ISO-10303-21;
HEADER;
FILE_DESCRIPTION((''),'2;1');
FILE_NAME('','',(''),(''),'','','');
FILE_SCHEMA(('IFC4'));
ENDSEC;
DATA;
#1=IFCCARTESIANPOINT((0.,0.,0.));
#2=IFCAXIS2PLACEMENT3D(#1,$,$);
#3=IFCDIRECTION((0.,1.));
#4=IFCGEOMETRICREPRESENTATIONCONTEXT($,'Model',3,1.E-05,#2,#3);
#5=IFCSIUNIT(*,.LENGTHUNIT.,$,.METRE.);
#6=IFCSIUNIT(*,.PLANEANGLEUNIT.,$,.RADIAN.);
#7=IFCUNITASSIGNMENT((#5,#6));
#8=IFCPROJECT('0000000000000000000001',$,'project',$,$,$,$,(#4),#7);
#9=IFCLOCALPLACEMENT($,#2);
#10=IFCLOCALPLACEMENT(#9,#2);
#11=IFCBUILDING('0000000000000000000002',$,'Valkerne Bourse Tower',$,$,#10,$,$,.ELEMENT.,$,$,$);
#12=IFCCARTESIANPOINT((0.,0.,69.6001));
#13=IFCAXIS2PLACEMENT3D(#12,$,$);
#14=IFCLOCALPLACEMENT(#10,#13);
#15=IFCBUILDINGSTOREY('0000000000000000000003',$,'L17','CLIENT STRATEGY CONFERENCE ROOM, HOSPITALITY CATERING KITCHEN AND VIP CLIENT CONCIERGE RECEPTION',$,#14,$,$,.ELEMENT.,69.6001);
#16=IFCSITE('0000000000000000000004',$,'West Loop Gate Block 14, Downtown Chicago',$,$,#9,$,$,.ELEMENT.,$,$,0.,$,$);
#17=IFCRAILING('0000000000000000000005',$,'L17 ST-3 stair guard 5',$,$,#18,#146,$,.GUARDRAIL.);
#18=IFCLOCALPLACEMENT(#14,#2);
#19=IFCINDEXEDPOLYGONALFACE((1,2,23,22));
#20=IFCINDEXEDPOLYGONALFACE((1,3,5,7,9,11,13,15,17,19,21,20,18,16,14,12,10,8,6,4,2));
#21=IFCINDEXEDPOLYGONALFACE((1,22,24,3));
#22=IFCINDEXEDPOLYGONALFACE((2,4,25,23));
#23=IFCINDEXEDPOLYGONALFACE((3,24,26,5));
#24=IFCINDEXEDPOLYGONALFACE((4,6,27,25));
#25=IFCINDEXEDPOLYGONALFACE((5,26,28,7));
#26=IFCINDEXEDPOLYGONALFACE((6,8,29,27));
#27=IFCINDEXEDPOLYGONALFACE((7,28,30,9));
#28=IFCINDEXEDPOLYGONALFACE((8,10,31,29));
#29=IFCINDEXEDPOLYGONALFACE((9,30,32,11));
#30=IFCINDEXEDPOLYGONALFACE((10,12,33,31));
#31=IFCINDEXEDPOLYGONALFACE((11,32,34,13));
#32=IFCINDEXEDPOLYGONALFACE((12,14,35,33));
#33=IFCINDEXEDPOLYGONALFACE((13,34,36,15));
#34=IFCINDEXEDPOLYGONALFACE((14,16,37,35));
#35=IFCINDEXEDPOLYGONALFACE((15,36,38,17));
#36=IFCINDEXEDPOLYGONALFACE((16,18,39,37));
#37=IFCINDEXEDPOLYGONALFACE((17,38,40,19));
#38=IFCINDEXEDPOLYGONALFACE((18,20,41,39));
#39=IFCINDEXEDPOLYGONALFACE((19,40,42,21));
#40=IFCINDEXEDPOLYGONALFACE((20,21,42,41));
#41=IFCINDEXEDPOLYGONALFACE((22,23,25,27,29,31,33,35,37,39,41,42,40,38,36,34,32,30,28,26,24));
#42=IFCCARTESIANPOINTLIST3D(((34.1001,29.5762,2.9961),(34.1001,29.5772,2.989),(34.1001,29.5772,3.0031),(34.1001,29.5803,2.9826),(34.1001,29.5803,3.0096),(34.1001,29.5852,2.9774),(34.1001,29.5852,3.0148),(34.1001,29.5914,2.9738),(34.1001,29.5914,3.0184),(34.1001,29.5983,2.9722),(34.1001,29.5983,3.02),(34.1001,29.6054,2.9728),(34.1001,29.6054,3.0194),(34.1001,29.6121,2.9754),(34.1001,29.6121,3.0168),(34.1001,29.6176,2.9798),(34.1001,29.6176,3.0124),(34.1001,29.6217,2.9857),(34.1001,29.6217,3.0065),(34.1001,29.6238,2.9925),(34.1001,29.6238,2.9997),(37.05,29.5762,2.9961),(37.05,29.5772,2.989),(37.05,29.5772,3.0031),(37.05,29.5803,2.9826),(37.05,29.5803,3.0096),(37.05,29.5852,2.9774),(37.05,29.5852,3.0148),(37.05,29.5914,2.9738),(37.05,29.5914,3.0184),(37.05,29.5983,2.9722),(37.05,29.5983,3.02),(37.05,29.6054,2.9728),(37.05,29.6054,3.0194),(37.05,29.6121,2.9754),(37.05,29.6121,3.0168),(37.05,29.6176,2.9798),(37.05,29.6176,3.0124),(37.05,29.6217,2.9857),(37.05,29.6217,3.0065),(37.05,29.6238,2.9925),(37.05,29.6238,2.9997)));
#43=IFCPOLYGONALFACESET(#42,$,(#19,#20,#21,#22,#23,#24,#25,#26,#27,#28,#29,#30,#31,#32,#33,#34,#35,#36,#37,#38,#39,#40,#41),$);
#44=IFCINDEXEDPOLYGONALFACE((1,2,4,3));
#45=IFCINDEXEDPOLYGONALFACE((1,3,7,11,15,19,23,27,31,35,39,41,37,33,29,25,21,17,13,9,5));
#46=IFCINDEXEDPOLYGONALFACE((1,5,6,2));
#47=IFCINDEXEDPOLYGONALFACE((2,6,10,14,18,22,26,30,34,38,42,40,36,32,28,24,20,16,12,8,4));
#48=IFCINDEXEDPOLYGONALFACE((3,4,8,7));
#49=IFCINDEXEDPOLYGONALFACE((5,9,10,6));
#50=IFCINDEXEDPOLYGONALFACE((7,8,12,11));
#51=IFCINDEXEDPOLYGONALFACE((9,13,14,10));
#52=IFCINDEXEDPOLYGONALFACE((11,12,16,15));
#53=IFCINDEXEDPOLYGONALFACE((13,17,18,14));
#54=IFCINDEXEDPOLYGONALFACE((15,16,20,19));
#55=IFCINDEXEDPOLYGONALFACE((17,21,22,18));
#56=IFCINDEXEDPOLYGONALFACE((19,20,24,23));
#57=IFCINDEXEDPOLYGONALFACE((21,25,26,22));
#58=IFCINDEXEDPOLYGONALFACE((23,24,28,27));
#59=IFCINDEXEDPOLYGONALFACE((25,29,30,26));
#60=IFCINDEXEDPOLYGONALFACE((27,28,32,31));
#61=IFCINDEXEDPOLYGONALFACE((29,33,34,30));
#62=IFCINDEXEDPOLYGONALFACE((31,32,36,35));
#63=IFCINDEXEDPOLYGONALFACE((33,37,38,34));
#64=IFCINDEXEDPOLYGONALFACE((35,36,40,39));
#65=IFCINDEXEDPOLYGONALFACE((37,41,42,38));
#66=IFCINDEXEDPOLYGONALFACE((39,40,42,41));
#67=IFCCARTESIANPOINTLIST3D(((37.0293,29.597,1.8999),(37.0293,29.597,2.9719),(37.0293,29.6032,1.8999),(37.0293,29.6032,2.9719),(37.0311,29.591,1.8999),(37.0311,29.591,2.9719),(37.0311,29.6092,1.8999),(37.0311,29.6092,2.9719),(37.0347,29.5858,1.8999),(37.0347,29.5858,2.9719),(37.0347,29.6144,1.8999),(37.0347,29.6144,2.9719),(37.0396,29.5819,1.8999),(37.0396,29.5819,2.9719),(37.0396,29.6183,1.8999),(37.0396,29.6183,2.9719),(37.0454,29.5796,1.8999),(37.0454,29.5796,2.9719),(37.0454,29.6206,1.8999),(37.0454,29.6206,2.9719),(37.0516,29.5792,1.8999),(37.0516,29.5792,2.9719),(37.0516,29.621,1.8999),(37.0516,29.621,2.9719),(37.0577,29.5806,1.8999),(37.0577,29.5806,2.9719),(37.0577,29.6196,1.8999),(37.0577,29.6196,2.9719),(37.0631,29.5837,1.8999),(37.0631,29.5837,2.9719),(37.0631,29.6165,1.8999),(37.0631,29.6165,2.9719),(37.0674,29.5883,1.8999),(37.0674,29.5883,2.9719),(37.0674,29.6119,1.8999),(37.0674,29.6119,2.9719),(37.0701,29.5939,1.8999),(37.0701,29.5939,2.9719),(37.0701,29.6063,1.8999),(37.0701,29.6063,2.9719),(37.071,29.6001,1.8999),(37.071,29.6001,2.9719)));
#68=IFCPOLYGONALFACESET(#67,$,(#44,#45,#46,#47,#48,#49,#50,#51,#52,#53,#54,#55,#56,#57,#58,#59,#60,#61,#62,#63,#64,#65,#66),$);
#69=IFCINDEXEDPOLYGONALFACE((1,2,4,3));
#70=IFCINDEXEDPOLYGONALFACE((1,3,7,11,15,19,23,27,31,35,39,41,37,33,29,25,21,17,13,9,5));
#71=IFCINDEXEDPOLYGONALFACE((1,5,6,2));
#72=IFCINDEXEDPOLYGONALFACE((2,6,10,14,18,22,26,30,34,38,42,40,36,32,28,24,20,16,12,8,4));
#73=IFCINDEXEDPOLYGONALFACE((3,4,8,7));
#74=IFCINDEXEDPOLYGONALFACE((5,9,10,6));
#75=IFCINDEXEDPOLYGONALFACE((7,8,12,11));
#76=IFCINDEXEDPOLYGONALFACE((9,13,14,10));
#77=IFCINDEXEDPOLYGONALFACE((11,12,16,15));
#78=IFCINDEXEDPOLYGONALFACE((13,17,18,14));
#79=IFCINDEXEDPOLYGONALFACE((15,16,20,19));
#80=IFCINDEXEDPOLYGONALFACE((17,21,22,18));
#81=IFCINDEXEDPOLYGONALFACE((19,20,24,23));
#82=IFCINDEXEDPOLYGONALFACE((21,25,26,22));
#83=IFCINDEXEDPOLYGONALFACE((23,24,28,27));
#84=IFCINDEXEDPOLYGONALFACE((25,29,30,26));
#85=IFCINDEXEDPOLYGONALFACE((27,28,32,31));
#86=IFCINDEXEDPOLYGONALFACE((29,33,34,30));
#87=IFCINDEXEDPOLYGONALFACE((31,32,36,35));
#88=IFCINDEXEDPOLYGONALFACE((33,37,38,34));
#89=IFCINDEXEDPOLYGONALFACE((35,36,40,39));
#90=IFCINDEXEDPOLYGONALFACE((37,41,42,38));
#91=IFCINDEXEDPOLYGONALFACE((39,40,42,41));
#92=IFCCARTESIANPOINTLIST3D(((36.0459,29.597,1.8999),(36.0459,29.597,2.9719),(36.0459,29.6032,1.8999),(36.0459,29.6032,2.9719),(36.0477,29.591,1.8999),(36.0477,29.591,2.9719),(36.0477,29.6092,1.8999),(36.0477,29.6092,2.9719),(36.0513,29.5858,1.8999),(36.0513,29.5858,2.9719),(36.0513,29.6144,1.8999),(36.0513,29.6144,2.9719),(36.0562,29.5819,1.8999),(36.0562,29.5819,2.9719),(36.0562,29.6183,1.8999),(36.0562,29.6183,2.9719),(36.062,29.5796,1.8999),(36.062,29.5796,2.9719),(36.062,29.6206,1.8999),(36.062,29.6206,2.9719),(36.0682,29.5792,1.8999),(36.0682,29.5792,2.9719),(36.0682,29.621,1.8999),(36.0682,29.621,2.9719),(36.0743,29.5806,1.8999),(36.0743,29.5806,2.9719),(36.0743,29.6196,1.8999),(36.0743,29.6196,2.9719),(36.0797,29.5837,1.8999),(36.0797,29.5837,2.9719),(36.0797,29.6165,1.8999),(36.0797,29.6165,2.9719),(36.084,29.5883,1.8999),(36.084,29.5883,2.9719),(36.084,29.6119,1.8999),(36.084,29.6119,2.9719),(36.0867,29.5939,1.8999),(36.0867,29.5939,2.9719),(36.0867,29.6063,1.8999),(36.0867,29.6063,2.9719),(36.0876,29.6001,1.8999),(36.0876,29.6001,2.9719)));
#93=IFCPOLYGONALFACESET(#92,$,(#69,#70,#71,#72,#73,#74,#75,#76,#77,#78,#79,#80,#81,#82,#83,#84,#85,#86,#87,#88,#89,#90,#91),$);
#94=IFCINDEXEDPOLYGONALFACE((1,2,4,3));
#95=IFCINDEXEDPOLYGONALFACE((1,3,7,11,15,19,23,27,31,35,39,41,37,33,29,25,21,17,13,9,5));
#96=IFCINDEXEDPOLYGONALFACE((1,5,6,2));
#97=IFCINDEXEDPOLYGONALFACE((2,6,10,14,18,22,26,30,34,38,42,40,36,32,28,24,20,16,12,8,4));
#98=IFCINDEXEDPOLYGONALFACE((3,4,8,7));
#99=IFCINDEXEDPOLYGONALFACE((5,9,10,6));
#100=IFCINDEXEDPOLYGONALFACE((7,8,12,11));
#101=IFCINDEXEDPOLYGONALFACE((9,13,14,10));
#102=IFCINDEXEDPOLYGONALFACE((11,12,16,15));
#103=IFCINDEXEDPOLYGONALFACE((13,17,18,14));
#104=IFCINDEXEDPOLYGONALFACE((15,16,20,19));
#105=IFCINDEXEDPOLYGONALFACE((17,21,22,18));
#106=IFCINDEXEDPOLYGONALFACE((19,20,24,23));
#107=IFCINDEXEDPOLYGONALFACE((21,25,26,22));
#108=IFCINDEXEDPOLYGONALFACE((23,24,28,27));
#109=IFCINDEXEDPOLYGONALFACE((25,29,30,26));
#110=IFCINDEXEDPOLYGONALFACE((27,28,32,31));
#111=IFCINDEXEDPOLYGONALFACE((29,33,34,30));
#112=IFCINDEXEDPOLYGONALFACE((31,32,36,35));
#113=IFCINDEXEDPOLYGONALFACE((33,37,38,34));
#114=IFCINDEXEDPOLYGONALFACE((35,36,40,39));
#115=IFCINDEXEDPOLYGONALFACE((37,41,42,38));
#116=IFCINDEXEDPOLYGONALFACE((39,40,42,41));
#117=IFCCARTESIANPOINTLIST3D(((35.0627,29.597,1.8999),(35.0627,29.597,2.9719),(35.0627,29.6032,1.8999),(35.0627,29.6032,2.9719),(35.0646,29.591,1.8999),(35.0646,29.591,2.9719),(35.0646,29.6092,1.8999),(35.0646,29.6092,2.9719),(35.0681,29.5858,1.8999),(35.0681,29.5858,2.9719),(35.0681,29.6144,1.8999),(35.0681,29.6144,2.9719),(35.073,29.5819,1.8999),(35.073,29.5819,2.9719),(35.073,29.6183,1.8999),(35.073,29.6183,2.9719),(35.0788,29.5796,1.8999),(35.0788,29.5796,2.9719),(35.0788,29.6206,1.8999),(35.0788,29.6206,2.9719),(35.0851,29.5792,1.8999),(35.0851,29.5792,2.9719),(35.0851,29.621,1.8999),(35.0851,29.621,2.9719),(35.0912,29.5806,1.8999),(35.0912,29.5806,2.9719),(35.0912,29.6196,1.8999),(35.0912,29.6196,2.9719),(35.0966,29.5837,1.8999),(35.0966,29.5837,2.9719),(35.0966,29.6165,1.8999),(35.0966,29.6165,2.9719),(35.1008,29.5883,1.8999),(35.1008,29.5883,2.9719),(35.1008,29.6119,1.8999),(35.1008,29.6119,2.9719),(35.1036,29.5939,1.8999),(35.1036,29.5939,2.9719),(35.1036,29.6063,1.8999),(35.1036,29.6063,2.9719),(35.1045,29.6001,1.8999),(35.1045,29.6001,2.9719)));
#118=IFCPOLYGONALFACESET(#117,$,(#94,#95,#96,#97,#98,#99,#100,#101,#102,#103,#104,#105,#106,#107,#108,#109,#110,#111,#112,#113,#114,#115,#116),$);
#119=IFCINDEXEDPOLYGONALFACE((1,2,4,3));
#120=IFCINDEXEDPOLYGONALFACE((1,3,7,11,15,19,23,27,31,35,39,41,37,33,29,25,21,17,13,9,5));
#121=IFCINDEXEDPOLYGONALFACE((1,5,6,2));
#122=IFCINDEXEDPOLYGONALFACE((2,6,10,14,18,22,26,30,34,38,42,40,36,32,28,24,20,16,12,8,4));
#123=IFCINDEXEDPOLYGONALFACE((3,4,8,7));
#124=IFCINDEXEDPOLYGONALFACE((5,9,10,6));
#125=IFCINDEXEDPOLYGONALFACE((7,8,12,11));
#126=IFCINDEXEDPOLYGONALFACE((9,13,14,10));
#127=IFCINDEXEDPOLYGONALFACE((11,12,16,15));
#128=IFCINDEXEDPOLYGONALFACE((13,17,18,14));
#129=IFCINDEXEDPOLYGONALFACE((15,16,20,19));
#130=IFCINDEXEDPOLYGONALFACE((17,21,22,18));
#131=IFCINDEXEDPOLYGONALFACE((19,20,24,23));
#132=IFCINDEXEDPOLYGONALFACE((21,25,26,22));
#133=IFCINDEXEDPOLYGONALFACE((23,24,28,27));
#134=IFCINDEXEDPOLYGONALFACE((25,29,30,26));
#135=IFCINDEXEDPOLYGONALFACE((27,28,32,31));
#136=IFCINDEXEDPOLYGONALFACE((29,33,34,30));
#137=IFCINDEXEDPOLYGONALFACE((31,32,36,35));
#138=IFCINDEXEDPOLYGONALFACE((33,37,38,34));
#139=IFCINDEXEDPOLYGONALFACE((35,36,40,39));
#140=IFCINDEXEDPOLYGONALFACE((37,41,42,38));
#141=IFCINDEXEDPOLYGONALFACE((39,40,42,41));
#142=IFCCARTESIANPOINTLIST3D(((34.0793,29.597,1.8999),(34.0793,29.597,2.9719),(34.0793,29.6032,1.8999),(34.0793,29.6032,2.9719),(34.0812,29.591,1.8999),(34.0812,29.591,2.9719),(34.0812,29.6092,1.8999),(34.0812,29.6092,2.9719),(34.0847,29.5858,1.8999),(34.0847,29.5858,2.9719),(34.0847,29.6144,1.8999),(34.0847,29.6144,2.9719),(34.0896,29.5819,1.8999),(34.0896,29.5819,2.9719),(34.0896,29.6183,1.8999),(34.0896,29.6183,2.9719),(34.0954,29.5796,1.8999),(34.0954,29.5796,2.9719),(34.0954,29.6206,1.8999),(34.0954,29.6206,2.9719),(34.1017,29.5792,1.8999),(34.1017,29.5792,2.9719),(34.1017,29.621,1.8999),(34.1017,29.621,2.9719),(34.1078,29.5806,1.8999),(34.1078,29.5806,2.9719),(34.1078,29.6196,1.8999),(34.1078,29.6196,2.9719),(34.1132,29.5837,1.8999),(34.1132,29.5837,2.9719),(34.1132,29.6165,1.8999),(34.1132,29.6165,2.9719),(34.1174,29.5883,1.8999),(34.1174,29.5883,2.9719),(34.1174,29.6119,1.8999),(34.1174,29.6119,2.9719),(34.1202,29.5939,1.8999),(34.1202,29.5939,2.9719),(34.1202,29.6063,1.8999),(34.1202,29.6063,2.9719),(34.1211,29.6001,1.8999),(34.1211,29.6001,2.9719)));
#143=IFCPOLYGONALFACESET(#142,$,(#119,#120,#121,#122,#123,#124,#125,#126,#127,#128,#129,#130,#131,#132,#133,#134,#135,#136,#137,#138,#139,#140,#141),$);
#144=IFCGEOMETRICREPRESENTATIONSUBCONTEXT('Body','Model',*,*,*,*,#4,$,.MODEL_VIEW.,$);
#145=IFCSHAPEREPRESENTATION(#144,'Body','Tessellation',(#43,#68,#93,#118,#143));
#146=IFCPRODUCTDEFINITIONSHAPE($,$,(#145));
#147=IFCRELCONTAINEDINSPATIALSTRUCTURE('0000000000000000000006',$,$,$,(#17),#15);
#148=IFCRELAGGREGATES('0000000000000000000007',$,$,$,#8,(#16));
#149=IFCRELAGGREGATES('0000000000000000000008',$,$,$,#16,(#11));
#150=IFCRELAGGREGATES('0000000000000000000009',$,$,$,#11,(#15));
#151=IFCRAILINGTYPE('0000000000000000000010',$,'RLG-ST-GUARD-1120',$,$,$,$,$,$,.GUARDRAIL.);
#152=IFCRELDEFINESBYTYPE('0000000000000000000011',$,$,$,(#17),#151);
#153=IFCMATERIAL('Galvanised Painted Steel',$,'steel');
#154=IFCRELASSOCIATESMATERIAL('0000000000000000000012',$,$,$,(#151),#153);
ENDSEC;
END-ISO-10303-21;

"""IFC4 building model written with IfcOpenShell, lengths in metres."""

from ifc_helpers import new_model, si_unit, direction, frame, origin, origin_2d, place, context, subcontext, project, spatial, circle, extrude, material, type_object, element, save


model = new_model("IFC4")

# Units and contexts
model_context = context("Model", 3, precision=1e-05, world=origin(), true_north=direction((0.0, 1.0)))
body_context = subcontext(model_context, "Body", "Model", "MODEL_VIEW")
ifc_project = project(units=[si_unit("LENGTHUNIT", "METRE"), si_unit("PLANEANGLEUNIT", "RADIAN")], contexts=[model_context])

# Site, building, storey
site_placement = place(None, origin())
site = spatial("IfcSite", under=ifc_project, at=site_placement, Name="West Loop Gate Block 14, Downtown Chicago", CompositionType="ELEMENT", RefElevation=0.0)
building_placement = place(site_placement, origin())
building = spatial("IfcBuilding", under=site, at=building_placement, Name="Valkerne Bourse Tower", CompositionType="ELEMENT")
storey_placement = place(building_placement, frame((0.0, 0.0, 69.6001)))
storey = spatial("IfcBuildingStorey", under=building, at=storey_placement, Name="L17", Description="CLIENT STRATEGY CONFERENCE ROOM, HOSPITALITY CATERING KITCHEN AND VIP CLIENT CONCIERGE RECEPTION", CompositionType="ELEMENT", Elevation=69.6001)

# Shared definitions
ifc_material_1 = material(Name="Galvanised Painted Steel", Category="steel")

# Railing
railing_type_1 = type_object("IfcRailingType", Name="RLG-ST-GUARD-1120", PredefinedType="GUARDRAIL", material=ifc_material_1)
railing_1_placement = place(storey_placement, frame((37.05, 29.6001, 1.8999)))
element("IfcRailing", 1, at=railing_1_placement, inside=storey, type_object=railing_type_1, Name="L17 ST-3 stair guard 5", PredefinedType="GUARDRAIL", context=body_context, shape_type="SweptSolid", body=[
    extrude(circle(Radius=0.0239, at=origin_2d()), frame((0.0, 0.0, 1.0962), z_axis=(-1.0, 0.0, 0.0), x_axis=(0.0, -1.0, 0.0)), (0.0, 0.0, 1.0), 2.95),
    extrude(circle(Radius=0.021, at=origin_2d()), origin(), (0.0, 0.0, 1.0), 1.072),
    extrude(circle(Radius=0.021, at=origin_2d()), frame((-0.9834, 0.0, 0.0)), (0.0, 0.0, 1.0), 1.072),
    extrude(circle(Radius=0.021, at=origin_2d()), frame((-1.9666, 0.0, 0.0)), (0.0, 0.0, 1.0), 1.072),
    extrude(circle(Radius=0.021, at=origin_2d()), frame((-2.95, 0.0, 0.0)), (0.0, 0.0, 1.0), 1.072),
])

save(model, "model.ifc")
